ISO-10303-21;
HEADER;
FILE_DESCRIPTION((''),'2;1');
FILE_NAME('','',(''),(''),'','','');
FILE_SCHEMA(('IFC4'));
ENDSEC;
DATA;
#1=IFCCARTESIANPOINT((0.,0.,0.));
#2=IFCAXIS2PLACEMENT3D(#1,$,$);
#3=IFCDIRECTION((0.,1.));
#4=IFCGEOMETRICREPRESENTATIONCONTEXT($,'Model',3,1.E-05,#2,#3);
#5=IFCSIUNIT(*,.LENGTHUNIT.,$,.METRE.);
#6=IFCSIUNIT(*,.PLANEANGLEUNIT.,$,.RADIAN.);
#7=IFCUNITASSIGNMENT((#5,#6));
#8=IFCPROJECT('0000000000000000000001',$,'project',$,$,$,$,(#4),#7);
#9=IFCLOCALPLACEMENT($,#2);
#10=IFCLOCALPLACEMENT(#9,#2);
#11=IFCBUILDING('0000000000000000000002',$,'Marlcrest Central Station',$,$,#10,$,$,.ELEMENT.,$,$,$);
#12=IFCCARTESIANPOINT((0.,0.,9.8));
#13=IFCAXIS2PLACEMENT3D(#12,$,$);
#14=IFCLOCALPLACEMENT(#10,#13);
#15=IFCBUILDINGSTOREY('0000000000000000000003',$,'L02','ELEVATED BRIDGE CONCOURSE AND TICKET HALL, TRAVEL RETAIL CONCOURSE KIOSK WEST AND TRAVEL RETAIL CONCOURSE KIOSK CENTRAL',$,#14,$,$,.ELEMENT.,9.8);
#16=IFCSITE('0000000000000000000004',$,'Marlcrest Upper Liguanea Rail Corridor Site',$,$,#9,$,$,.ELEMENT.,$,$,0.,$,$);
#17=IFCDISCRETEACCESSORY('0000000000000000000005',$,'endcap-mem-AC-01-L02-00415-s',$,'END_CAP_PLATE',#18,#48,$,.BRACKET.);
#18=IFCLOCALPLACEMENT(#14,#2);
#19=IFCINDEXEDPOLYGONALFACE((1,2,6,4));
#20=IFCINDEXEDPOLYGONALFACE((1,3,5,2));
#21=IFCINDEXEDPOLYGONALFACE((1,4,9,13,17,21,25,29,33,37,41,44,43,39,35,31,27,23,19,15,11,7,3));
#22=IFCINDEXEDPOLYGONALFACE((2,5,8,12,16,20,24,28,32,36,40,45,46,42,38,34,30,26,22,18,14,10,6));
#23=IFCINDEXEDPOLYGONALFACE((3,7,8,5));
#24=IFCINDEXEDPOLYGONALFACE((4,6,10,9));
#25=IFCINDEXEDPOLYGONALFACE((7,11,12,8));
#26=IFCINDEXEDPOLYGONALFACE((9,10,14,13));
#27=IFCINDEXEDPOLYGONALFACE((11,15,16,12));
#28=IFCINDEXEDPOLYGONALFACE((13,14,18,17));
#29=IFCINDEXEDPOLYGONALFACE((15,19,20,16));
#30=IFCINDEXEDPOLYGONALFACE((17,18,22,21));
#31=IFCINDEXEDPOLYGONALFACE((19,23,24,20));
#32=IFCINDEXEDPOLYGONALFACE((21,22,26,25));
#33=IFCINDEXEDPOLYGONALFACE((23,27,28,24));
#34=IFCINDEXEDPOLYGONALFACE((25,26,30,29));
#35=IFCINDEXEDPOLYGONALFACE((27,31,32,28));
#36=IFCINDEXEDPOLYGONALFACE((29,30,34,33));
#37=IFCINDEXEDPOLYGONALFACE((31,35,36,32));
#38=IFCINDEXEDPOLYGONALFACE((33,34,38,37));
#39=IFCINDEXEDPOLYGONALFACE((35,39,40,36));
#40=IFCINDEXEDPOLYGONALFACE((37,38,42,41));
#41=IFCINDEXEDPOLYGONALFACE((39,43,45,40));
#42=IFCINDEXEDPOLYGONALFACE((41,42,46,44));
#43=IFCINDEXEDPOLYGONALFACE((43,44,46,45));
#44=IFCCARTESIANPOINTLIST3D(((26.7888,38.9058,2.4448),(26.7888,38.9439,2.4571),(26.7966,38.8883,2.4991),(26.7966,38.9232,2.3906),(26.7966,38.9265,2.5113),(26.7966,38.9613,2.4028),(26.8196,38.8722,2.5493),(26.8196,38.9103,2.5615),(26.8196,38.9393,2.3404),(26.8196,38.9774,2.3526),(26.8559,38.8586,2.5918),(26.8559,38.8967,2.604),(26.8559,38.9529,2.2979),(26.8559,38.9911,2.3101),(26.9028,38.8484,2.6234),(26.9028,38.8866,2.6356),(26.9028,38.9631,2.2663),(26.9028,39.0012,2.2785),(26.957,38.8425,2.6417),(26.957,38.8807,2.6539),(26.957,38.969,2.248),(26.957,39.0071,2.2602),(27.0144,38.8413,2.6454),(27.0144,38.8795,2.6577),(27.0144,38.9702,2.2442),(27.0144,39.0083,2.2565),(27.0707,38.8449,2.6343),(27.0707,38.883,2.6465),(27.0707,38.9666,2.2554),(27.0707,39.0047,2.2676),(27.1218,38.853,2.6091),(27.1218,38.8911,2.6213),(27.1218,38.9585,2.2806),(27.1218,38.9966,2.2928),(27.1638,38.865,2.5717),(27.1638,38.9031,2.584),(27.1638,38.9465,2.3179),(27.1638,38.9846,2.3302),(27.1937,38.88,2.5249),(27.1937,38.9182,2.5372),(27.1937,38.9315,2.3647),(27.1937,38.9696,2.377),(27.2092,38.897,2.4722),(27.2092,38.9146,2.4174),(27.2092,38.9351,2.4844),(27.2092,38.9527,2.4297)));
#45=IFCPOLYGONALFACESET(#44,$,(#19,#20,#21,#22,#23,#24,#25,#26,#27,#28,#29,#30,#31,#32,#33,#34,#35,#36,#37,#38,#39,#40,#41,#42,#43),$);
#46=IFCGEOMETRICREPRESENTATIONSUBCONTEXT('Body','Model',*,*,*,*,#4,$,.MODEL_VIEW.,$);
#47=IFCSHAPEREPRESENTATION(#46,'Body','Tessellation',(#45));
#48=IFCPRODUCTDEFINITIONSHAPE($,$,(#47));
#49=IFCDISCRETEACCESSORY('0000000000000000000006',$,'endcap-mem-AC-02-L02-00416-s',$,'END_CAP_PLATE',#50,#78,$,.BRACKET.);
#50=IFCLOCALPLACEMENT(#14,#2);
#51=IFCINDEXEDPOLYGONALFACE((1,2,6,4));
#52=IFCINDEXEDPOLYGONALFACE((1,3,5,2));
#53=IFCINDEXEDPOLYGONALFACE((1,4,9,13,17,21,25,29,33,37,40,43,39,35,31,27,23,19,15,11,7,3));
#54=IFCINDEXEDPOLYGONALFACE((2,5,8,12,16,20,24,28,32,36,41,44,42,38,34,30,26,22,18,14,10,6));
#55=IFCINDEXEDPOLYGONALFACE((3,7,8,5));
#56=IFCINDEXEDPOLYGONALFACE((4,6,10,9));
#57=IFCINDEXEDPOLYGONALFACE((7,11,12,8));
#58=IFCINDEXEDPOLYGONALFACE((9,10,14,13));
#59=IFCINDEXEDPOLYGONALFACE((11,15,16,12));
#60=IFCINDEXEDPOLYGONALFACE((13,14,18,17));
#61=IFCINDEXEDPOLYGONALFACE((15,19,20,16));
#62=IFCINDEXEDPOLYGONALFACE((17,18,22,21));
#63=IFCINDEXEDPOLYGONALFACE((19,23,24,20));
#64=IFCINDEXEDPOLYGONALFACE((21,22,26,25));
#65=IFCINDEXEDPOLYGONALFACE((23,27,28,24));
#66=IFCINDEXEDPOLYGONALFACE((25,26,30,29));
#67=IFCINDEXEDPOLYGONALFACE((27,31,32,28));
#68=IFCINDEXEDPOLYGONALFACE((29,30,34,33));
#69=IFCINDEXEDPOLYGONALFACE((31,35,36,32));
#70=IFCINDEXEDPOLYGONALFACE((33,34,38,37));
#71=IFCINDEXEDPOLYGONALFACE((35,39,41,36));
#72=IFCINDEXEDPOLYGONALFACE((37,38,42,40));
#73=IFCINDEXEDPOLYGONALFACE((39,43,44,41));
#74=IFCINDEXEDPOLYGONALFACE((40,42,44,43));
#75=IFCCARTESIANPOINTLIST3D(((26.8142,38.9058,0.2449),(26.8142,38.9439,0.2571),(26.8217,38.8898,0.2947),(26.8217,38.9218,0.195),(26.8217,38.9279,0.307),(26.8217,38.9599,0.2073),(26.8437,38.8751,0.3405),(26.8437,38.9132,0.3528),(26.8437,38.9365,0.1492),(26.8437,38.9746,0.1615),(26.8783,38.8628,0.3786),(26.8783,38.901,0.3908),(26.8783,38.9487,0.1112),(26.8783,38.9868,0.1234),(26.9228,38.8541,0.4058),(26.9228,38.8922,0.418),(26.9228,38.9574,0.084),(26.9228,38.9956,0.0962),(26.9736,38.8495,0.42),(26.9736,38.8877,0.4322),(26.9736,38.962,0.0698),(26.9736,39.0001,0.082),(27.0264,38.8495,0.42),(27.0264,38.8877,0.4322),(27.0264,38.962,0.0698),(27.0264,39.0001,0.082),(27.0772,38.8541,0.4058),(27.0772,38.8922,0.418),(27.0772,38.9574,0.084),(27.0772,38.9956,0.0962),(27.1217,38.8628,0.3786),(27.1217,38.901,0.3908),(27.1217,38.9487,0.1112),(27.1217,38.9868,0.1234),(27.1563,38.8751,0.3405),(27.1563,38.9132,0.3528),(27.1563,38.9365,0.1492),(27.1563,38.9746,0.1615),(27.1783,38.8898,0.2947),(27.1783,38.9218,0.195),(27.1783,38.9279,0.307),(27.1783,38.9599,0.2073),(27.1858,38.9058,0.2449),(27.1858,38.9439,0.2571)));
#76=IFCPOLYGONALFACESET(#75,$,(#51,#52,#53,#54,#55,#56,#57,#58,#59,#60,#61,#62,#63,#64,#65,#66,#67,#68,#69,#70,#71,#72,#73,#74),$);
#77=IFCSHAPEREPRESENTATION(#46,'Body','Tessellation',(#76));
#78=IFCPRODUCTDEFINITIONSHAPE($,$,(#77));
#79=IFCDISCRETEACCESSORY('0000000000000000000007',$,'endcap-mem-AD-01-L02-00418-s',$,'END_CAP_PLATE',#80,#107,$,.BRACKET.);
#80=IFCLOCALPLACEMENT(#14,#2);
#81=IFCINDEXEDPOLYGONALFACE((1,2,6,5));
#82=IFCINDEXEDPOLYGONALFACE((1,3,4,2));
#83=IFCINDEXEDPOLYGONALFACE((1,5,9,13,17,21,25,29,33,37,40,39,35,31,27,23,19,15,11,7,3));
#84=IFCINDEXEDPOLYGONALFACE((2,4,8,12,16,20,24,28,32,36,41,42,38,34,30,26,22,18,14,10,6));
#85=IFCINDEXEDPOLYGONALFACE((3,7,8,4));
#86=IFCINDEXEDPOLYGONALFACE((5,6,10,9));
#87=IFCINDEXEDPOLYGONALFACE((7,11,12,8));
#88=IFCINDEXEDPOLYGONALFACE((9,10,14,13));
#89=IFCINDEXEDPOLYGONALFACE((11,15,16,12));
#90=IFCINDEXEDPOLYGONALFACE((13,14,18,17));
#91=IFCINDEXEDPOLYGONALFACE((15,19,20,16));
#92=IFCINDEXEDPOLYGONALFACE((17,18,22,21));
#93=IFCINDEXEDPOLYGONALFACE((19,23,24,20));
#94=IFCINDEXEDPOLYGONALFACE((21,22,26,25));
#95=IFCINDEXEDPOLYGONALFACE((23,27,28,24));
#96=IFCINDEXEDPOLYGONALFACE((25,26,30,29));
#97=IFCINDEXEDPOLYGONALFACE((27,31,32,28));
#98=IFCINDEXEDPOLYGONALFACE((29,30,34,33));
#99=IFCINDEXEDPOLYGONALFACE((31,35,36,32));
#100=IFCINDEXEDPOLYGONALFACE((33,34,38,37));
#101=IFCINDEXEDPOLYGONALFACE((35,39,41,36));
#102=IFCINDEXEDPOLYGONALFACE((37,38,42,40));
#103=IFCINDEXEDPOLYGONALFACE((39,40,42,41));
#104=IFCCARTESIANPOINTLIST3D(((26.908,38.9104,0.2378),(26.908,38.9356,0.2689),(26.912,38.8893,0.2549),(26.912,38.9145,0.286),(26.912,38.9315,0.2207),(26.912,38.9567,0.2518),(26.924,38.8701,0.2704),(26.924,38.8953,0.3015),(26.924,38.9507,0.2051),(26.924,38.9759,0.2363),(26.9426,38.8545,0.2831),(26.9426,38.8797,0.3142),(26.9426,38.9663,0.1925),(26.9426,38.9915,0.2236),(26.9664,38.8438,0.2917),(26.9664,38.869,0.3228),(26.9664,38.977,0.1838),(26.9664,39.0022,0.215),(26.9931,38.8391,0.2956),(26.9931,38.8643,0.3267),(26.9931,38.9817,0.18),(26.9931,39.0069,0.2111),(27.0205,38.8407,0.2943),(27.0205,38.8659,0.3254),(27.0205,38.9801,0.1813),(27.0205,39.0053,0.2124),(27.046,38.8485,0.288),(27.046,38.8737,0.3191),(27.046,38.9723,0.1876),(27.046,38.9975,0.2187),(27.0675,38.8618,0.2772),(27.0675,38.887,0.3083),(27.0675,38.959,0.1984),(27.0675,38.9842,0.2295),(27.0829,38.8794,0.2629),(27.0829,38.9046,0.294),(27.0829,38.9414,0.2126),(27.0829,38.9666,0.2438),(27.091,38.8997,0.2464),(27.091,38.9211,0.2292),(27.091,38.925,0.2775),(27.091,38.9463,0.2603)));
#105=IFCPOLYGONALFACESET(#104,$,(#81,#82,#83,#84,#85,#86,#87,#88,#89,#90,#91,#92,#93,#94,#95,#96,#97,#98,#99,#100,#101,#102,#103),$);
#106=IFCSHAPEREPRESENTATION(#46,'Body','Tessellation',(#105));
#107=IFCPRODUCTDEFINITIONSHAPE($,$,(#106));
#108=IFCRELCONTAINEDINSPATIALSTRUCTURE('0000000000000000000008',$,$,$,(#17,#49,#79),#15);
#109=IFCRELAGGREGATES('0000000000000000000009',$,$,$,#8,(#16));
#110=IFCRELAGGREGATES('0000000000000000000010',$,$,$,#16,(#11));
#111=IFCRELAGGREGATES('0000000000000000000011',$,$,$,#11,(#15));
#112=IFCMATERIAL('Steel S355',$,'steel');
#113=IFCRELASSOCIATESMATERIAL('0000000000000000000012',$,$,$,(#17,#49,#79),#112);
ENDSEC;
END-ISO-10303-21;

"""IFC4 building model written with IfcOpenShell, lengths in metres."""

from ifc_helpers import new_model, si_unit, direction, frame, origin, origin_2d, place, context, subcontext, project, spatial, circle, extrude, material, element, save


model = new_model("IFC4")

# Units and contexts
model_context = context("Model", 3, precision=1e-05, world=origin(), true_north=direction((0.0, 1.0)))
body_context = subcontext(model_context, "Body", "Model", "MODEL_VIEW")
ifc_project = project(units=[si_unit("LENGTHUNIT", "METRE"), si_unit("PLANEANGLEUNIT", "RADIAN")], contexts=[model_context])

# Site, building, storey
site_placement = place(None, origin())
site = spatial("IfcSite", under=ifc_project, at=site_placement, Name="Marlcrest Upper Liguanea Rail Corridor Site", CompositionType="ELEMENT", RefElevation=0.0)
building_placement = place(site_placement, origin())
building = spatial("IfcBuilding", under=site, at=building_placement, Name="Marlcrest Central Station", CompositionType="ELEMENT")
storey_placement = place(building_placement, frame((0.0, 0.0, 9.8)))
storey = spatial("IfcBuildingStorey", under=building, at=storey_placement, Name="L02", Description="ELEVATED BRIDGE CONCOURSE AND TICKET HALL, TRAVEL RETAIL CONCOURSE KIOSK WEST AND TRAVEL RETAIL CONCOURSE KIOSK CENTRAL", CompositionType="ELEMENT", Elevation=9.8)

# Shared definitions
ifc_material_1 = material(Name="Steel S355", Category="steel")

# Discrete accessories
discrete_accessory_1_placement = place(storey_placement, frame((27.0, 38.9058, 2.4448), z_axis=(0.0, 0.952117, 0.305734), x_axis=(-1.0, 0.0, 0.0)))
element("IfcDiscreteAccessory", 1, at=discrete_accessory_1_placement, inside=storey, material=ifc_material_1, Name="endcap-mem-AC-01-L02-00415-s", ObjectType="END_CAP_PLATE", PredefinedType="BRACKET", context=body_context, shape_type="SweptSolid", body=[
    extrude(circle(Radius=0.2112, at=origin_2d()), origin(), (0.0, 0.0, 1.0), 0.04),
])
discrete_accessory_2_placement = place(storey_placement, frame((27.0, 38.9058, 0.2449), z_axis=(0.0, 0.952117, 0.305734), x_axis=(-1.0, 0.0, 0.0)))
element("IfcDiscreteAccessory", 2, at=discrete_accessory_2_placement, inside=storey, material=ifc_material_1, Name="endcap-mem-AC-02-L02-00416-s", ObjectType="END_CAP_PLATE", PredefinedType="BRACKET", context=body_context, shape_type="SweptSolid", body=[
    extrude(circle(Radius=0.1858, at=origin_2d()), origin(), (0.0, 0.0, 1.0), 0.04),
])
discrete_accessory_3_placement = place(storey_placement, frame((27.0, 38.9104, 0.2378), z_axis=(0.0, 0.629629, 0.776896), x_axis=(-1.0, 0.0, 0.0)))
element("IfcDiscreteAccessory", 3, at=discrete_accessory_3_placement, inside=storey, material=ifc_material_1, Name="endcap-mem-AD-01-L02-00418-s", ObjectType="END_CAP_PLATE", PredefinedType="BRACKET", context=body_context, shape_type="SweptSolid", body=[
    extrude(circle(Radius=0.092, at=origin_2d()), origin(), (0.0, 0.0, 1.0), 0.04),
])

save(model, "model.ifc")
